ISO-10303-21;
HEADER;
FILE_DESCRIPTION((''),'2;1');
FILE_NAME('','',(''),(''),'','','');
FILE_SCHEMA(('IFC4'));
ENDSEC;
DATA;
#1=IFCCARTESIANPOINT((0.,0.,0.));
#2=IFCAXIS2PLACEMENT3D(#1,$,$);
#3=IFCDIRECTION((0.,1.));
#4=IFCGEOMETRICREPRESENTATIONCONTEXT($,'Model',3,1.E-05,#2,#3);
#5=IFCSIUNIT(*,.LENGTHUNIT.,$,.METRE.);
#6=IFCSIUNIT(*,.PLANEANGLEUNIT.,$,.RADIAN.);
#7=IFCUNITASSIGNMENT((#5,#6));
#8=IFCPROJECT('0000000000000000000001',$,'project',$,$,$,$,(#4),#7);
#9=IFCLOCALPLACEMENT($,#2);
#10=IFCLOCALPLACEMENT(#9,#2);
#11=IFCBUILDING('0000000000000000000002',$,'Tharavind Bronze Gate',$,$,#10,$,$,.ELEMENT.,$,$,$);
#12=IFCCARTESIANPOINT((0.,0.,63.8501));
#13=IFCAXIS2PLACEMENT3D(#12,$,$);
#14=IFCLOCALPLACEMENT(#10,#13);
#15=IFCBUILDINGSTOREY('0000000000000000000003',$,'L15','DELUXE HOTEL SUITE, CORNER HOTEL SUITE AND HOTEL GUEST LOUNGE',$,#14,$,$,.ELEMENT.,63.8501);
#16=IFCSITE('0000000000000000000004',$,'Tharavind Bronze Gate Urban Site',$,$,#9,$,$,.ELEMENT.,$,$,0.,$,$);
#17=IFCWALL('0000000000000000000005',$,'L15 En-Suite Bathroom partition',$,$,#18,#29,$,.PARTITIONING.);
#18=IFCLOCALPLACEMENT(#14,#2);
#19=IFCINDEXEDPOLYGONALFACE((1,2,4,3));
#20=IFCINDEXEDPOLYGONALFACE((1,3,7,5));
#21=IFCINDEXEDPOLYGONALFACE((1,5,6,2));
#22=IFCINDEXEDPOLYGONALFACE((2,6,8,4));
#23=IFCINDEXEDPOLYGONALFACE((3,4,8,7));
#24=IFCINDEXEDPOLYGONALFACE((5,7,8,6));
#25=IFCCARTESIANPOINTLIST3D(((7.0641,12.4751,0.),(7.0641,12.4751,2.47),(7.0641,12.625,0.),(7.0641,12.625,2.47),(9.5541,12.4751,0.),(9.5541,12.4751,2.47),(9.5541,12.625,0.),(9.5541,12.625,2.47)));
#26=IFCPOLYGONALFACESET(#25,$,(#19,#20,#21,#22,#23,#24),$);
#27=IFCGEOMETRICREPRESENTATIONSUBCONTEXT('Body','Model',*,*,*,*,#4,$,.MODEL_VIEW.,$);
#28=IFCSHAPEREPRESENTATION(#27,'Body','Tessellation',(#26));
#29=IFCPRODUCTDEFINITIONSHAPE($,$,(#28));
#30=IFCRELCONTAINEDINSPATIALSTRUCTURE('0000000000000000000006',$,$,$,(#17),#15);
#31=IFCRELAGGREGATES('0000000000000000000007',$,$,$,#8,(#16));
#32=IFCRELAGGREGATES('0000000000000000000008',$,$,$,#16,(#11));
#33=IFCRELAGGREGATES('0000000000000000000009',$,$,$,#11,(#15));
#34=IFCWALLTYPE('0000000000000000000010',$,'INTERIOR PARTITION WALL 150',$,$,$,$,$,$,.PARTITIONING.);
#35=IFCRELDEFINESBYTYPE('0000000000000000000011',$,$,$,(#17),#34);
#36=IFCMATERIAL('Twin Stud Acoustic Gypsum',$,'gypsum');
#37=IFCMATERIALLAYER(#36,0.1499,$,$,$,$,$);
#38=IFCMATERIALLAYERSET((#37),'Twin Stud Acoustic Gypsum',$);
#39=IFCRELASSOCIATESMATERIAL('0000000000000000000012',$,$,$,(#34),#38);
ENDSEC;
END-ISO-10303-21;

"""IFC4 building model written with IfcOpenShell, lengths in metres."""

from ifc_helpers import new_model, si_unit, direction, frame, frame_2d, origin, place, context, subcontext, project, spatial, rectangle, extrude, material, layer, layer_set, type_object, element, save


model = new_model("IFC4")

# Units and contexts
model_context = context("Model", 3, precision=1e-05, world=origin(), true_north=direction((0.0, 1.0)))
body_context = subcontext(model_context, "Body", "Model", "MODEL_VIEW")
ifc_project = project(units=[si_unit("LENGTHUNIT", "METRE"), si_unit("PLANEANGLEUNIT", "RADIAN")], contexts=[model_context])

# Site, building, storey
site_placement = place(None, origin())
site = spatial("IfcSite", under=ifc_project, at=site_placement, Name="Tharavind Bronze Gate Urban Site", CompositionType="ELEMENT", RefElevation=0.0)
building_placement = place(site_placement, origin())
building = spatial("IfcBuilding", under=site, at=building_placement, Name="Tharavind Bronze Gate", CompositionType="ELEMENT")
storey_placement = place(building_placement, frame((0.0, 0.0, 63.8501)))
storey = spatial("IfcBuildingStorey", under=building, at=storey_placement, Name="L15", Description="DELUXE HOTEL SUITE, CORNER HOTEL SUITE AND HOTEL GUEST LOUNGE", CompositionType="ELEMENT", Elevation=63.8501)

# Shared definitions
ifc_material_1 = material(Name="Twin Stud Acoustic Gypsum", Category="gypsum")
ifc_layer_1 = layer(ifc_material_1, 0.1499)
ifc_layer_set_1 = layer_set([ifc_layer_1], Name="Twin Stud Acoustic Gypsum")
wall_type_1 = type_object("IfcWallType", Name="INTERIOR PARTITION WALL 150", PredefinedType="PARTITIONING", material=ifc_layer_set_1)

# Wall
wall_1_placement = place(storey_placement, frame((9.5542, 12.55, 0.0), z_axis=(0.0, 0.0, 1.0), x_axis=(-1.0, 0.0, 0.0)))
element("IfcWall", 1, at=wall_1_placement, inside=storey, type_object=wall_type_1, Name="L15 En-Suite Bathroom partition", PredefinedType="PARTITIONING", context=body_context, shape_type="SweptSolid", body=[
    extrude(rectangle(XDim=2.49, YDim=0.1499, at=frame_2d((1.2451, 0.0))), origin(), (0.0, 0.0, 1.0), 2.47),
])

save(model, "model.ifc")
